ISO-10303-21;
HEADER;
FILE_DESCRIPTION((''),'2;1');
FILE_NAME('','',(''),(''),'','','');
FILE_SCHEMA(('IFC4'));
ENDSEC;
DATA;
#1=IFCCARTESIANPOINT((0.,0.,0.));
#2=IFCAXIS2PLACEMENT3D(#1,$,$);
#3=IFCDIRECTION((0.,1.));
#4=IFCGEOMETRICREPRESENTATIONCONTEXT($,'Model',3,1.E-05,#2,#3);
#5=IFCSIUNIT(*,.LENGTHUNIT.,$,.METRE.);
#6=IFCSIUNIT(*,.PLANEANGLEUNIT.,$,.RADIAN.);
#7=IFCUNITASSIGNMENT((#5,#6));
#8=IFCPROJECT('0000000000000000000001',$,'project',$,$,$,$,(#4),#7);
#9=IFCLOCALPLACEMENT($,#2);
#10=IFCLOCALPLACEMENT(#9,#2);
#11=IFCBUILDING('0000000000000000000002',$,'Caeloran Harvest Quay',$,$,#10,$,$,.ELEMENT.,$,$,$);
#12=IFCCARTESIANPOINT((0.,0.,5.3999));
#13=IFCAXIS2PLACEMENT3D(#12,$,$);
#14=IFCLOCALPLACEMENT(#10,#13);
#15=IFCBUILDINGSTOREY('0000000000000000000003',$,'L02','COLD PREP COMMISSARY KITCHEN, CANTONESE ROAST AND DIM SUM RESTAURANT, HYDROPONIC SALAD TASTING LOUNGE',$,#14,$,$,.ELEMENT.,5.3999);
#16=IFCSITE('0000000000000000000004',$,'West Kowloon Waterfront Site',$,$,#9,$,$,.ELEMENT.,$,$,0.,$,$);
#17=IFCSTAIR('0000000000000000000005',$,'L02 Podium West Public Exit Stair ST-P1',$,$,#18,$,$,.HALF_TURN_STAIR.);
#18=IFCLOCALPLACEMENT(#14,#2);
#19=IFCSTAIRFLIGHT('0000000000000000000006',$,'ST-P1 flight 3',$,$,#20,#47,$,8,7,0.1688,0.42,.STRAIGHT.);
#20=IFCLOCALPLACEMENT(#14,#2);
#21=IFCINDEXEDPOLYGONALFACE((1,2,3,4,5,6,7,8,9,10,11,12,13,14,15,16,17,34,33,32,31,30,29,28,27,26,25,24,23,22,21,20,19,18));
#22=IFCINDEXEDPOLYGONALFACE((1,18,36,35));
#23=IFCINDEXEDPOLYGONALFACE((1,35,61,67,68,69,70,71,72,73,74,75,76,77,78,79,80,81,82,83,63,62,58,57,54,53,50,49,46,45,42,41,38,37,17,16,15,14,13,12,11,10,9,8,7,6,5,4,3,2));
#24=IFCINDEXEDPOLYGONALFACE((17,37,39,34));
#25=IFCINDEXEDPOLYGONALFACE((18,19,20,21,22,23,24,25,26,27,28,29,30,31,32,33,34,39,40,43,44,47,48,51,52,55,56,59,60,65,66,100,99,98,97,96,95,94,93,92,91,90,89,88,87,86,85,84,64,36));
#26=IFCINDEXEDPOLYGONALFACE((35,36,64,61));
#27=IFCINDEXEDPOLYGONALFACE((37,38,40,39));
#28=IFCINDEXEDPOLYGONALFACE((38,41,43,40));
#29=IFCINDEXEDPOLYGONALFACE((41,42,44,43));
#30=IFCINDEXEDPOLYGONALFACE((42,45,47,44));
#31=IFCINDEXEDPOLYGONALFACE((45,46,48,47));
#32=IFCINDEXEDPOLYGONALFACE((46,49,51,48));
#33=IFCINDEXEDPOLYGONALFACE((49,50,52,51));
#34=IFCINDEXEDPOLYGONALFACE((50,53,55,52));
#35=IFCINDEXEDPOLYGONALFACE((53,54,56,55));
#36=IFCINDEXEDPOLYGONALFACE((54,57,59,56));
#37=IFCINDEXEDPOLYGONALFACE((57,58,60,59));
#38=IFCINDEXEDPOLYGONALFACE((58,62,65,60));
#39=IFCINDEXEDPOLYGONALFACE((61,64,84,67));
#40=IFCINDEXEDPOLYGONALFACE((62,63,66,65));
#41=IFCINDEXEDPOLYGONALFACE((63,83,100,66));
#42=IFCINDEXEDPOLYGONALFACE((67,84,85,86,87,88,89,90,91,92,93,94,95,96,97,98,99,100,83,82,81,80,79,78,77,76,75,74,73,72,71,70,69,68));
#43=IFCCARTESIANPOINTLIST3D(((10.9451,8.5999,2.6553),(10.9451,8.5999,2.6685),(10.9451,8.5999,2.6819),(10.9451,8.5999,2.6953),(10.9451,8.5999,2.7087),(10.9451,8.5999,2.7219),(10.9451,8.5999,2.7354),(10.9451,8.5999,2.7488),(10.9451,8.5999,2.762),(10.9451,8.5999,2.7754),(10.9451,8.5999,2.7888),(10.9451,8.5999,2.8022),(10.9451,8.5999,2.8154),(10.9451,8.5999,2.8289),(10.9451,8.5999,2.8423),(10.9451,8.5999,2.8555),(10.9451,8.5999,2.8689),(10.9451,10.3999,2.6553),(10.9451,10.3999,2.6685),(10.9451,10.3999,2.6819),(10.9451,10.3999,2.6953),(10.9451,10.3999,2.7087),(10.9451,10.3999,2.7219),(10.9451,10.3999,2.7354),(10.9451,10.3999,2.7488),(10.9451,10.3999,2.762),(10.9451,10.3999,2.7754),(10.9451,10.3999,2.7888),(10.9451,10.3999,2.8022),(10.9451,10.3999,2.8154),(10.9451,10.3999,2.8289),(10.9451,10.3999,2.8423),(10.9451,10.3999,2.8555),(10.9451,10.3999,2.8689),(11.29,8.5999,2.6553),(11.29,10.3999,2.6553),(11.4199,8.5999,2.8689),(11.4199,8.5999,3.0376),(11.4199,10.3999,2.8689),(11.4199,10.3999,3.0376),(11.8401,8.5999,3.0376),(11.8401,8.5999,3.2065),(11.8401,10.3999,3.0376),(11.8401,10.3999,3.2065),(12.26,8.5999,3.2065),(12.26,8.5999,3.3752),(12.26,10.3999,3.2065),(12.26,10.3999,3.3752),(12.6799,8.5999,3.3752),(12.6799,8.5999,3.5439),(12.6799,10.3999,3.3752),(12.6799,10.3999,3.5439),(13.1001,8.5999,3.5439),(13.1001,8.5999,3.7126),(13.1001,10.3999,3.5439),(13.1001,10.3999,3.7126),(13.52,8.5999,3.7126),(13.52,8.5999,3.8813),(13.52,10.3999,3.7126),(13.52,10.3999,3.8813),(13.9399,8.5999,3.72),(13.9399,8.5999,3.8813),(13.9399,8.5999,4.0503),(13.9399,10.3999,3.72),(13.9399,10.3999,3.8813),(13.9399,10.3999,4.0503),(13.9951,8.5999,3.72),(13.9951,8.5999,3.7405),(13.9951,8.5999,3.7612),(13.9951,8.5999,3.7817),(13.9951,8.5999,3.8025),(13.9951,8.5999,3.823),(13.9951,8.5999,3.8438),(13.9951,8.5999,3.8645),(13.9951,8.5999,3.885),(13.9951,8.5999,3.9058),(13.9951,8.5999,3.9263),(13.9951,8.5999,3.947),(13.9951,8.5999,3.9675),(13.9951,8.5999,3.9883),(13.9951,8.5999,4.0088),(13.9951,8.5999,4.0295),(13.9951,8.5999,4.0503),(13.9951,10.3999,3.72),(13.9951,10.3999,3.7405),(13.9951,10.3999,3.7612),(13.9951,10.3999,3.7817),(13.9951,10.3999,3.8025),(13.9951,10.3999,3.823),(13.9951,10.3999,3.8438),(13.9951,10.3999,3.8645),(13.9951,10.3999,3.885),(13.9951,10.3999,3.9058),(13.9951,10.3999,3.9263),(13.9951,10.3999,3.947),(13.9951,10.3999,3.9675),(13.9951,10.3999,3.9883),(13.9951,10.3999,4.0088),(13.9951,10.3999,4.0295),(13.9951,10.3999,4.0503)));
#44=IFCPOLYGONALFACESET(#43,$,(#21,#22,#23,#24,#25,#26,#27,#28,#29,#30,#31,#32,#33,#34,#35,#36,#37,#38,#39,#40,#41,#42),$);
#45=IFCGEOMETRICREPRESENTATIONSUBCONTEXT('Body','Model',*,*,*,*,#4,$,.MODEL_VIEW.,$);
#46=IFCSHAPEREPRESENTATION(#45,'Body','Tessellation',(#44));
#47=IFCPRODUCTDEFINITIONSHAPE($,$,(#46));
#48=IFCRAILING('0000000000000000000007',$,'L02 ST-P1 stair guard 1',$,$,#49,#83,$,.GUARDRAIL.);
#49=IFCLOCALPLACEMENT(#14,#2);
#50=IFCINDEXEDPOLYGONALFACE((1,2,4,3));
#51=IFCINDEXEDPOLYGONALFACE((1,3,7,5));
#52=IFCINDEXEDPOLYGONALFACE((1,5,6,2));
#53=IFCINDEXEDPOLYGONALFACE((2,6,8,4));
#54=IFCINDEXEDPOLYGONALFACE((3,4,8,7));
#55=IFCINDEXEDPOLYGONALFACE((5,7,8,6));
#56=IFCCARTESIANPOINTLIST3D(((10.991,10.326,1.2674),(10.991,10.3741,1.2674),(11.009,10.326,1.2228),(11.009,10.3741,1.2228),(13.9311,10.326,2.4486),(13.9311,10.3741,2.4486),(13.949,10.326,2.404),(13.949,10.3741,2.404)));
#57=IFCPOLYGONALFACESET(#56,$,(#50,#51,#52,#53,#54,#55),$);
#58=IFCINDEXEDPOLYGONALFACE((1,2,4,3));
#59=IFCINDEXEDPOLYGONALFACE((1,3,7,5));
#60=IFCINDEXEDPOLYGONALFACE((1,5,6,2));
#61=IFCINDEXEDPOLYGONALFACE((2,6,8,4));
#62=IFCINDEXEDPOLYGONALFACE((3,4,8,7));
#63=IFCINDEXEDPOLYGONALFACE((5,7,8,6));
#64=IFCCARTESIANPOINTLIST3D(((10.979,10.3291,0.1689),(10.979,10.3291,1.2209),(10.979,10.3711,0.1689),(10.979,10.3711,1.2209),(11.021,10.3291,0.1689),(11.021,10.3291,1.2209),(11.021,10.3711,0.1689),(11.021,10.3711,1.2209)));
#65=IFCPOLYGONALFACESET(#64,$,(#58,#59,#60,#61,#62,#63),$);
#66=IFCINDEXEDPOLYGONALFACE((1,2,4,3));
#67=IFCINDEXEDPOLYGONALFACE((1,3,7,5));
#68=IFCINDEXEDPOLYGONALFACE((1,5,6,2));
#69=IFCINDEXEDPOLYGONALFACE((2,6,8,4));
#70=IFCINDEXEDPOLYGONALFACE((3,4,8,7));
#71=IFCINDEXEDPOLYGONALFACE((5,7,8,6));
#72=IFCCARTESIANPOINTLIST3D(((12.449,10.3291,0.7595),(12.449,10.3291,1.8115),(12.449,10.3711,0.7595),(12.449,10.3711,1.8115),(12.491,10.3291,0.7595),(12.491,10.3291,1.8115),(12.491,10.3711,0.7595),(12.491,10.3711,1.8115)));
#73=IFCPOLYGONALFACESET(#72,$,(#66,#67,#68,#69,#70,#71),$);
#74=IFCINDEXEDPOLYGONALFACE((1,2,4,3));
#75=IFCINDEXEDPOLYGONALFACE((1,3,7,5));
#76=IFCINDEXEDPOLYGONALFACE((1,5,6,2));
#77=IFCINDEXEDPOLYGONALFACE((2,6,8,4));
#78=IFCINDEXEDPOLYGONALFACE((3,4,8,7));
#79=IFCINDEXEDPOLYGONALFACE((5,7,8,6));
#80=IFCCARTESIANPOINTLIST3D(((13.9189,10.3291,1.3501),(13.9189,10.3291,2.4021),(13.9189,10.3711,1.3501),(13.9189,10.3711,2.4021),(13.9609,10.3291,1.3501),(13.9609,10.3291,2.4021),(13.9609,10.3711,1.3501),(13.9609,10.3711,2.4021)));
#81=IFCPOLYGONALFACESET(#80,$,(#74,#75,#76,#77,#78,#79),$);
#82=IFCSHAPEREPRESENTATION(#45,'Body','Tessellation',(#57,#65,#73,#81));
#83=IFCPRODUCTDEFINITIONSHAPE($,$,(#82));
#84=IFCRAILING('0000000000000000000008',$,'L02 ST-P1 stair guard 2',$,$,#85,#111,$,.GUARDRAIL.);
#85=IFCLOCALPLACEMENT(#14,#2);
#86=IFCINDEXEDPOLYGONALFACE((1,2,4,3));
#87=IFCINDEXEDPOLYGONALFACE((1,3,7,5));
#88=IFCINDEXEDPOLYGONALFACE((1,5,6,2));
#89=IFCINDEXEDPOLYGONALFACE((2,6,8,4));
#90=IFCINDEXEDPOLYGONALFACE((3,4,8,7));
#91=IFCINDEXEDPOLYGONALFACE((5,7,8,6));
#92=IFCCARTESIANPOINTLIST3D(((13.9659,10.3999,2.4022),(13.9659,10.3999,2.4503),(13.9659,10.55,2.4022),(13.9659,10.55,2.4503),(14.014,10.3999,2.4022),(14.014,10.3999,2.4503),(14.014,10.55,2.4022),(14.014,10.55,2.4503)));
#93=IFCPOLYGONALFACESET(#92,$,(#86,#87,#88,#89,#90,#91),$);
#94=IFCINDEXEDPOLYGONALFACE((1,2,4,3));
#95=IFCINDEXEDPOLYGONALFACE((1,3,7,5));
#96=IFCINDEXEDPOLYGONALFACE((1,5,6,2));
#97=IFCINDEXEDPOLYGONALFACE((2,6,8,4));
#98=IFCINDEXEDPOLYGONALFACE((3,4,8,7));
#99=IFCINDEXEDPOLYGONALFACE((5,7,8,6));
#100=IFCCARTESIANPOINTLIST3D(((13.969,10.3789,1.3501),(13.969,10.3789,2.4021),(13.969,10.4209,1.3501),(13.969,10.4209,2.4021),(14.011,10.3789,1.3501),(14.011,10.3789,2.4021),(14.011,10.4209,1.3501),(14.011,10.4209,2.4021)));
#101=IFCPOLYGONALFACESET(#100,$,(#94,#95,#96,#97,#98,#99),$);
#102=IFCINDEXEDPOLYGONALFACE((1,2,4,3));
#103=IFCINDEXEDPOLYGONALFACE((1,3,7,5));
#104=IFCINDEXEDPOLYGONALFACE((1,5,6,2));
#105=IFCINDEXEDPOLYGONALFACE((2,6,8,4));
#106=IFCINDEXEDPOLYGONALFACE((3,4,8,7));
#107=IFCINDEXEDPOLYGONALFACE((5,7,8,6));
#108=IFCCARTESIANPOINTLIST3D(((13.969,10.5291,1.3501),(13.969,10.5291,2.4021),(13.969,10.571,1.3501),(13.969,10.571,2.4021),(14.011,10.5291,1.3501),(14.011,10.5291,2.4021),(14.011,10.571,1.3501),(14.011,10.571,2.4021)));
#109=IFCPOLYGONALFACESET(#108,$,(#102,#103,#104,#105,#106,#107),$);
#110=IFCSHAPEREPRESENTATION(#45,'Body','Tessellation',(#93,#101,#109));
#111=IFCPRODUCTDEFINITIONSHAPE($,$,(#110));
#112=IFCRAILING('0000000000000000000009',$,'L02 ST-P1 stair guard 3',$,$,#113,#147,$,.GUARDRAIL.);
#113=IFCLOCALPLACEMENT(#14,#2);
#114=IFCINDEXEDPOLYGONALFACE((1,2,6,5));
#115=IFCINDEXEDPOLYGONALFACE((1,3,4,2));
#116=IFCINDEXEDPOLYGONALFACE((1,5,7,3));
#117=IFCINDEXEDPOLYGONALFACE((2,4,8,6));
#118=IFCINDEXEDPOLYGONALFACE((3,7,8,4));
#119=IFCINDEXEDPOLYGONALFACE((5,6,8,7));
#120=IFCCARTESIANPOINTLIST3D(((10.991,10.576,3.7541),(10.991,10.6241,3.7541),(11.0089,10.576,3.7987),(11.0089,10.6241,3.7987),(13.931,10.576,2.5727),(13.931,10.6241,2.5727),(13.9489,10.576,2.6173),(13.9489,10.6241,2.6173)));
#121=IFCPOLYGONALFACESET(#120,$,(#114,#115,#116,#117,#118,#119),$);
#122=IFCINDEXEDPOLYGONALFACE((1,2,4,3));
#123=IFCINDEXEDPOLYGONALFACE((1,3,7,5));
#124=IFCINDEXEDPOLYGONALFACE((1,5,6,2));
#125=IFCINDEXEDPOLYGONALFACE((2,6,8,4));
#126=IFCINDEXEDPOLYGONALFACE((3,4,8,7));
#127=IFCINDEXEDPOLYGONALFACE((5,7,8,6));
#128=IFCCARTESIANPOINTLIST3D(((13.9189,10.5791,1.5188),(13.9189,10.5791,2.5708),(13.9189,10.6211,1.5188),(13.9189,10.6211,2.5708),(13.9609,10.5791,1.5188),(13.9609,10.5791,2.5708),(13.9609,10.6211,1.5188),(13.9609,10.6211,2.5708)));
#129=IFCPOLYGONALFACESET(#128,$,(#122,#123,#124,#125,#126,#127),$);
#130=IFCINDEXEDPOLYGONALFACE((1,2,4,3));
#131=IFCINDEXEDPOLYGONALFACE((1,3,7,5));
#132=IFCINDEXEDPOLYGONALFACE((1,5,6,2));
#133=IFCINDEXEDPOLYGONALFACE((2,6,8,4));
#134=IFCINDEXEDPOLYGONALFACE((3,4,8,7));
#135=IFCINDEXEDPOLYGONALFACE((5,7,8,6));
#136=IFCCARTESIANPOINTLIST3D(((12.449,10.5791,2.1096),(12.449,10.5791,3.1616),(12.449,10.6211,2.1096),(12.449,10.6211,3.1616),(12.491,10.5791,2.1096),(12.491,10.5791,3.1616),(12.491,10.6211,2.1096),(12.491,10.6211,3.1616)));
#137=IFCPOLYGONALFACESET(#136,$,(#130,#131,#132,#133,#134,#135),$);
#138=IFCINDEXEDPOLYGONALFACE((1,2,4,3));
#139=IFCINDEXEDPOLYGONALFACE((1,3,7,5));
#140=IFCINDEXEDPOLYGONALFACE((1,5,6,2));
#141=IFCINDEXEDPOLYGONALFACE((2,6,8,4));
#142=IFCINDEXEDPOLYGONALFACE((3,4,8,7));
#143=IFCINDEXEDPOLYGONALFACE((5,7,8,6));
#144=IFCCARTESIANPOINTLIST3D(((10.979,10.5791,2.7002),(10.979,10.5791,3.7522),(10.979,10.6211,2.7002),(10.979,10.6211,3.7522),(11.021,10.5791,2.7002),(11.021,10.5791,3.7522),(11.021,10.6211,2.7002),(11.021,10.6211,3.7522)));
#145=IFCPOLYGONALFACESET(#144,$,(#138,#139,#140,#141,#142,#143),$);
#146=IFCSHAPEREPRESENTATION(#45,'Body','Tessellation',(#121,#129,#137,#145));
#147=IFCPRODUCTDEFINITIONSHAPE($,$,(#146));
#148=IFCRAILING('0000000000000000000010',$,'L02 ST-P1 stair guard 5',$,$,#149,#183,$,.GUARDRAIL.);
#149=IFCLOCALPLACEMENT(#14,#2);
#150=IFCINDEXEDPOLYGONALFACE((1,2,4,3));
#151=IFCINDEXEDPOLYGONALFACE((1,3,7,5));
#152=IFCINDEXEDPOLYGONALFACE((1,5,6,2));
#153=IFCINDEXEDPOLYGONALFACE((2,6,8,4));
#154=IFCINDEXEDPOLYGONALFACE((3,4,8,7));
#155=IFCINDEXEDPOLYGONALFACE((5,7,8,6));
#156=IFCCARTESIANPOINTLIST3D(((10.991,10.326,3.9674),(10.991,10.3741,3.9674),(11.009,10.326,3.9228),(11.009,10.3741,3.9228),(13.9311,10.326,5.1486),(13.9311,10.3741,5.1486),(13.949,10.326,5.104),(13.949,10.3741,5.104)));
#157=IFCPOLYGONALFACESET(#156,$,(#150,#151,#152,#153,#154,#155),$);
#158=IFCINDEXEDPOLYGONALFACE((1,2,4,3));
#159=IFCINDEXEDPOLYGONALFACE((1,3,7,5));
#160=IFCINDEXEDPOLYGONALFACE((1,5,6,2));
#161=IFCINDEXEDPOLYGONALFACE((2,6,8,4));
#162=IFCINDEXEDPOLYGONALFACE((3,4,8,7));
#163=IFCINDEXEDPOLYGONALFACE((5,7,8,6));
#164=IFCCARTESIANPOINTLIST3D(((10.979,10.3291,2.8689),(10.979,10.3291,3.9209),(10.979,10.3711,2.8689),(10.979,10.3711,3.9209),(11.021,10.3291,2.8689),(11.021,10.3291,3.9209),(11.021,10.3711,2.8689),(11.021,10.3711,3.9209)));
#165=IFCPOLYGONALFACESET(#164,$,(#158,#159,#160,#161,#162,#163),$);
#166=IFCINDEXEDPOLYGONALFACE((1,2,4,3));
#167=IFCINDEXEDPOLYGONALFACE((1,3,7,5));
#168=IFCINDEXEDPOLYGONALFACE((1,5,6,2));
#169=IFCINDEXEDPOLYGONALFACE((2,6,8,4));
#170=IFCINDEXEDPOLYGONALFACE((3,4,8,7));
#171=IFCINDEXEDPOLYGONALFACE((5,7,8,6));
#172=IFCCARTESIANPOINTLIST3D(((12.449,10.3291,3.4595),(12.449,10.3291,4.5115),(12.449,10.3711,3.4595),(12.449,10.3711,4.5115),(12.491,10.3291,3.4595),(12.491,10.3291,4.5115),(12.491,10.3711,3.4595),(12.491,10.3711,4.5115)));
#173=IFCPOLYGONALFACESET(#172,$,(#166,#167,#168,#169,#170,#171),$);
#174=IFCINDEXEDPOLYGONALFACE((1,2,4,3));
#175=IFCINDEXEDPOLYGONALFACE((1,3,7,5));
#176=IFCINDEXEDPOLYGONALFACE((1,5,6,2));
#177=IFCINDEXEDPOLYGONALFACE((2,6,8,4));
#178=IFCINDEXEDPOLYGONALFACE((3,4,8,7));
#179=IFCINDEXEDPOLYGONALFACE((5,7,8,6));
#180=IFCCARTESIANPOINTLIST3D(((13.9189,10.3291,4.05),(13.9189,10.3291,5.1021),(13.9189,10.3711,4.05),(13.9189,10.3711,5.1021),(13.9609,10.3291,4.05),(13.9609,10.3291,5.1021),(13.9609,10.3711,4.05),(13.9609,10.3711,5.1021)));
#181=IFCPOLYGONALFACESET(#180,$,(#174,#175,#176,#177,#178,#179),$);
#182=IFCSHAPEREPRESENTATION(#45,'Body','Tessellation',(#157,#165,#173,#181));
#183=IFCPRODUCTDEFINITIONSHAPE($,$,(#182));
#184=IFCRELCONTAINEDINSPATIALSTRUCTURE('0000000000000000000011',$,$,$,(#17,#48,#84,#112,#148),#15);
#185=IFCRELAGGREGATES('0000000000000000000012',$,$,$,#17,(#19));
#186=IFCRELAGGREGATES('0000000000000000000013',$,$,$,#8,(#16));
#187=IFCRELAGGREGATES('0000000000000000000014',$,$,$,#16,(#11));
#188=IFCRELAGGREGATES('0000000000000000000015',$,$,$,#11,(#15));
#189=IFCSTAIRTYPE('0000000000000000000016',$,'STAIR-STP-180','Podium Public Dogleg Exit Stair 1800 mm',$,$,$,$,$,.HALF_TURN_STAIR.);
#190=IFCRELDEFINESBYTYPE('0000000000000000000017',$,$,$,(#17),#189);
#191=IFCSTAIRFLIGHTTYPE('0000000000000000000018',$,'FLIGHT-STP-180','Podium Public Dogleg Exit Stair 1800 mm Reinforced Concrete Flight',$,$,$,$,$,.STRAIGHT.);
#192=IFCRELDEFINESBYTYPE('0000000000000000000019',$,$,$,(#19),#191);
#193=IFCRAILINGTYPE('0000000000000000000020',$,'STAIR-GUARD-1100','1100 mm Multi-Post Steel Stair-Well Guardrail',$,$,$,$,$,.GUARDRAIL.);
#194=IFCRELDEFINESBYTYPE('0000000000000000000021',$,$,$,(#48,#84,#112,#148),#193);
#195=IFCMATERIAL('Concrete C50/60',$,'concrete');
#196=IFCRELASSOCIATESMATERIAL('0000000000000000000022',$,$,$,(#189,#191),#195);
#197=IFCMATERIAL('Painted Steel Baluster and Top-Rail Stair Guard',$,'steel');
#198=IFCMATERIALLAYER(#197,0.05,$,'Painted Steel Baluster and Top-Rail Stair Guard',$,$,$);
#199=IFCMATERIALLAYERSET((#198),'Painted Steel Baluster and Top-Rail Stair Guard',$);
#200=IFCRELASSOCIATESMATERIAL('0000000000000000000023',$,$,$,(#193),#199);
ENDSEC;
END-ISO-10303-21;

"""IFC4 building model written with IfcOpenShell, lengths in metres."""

from ifc_helpers import new_model, si_unit, direction, frame, origin, origin_2d, place, context, subcontext, project, spatial, polyline, rectangle, outline, extrude, material, layer, layer_set, type_object, element, aggregate, save


model = new_model("IFC4")

# Units and contexts
model_context = context("Model", 3, precision=1e-05, world=origin(), true_north=direction((0.0, 1.0)))
body_context = subcontext(model_context, "Body", "Model", "MODEL_VIEW")
ifc_project = project(units=[si_unit("LENGTHUNIT", "METRE"), si_unit("PLANEANGLEUNIT", "RADIAN")], contexts=[model_context])

# Site, building, storey
site_placement = place(None, origin())
site = spatial("IfcSite", under=ifc_project, at=site_placement, Name="West Kowloon Waterfront Site", CompositionType="ELEMENT", RefElevation=0.0)
building_placement = place(site_placement, origin())
building = spatial("IfcBuilding", under=site, at=building_placement, Name="Caeloran Harvest Quay", CompositionType="ELEMENT")
storey_placement = place(building_placement, frame((0.0, 0.0, 5.3999)))
storey = spatial("IfcBuildingStorey", under=building, at=storey_placement, Name="L02", Description="COLD PREP COMMISSARY KITCHEN, CANTONESE ROAST AND DIM SUM RESTAURANT, HYDROPONIC SALAD TASTING LOUNGE", CompositionType="ELEMENT", Elevation=5.3999)

# Stair, stair flight
ifc_material_1 = material(Name="Concrete C50/60", Category="concrete")
stair_type = type_object("IfcStairType", Name="STAIR-STP-180", Description="Podium Public Dogleg Exit Stair 1800 mm", PredefinedType="HALF_TURN_STAIR", material=ifc_material_1)
stair_placement = place(storey_placement, origin())
stair = element("IfcStair", 1, at=stair_placement, inside=storey, type_object=stair_type, Name="L02 Podium West Public Exit Stair ST-P1", PredefinedType="HALF_TURN_STAIR")
stair_flight_type = type_object("IfcStairFlightType", Name="FLIGHT-STP-180", Description="Podium Public Dogleg Exit Stair 1800 mm Reinforced Concrete Flight", PredefinedType="STRAIGHT", material=ifc_material_1)
stair_flight_1_placement = place(storey_placement, frame((11.0, 9.5, 2.7002), z_axis=(0.0, 0.0, 1.0), x_axis=(1.0, 0.0, 0.0)))
stair_flight_1 = element("IfcStairFlight", 2, at=stair_flight_1_placement, type_object=stair_flight_type, Name="ST-P1 flight 3", NumberOfRisers=8, NumberOfTreads=7, PredefinedType="STRAIGHT", RiserHeight=0.1688, TreadLength=0.42, context=body_context, shape_type="SweptSolid", body=[
    extrude(outline(polyline([(-0.0549, -0.0449), (-0.0549, -0.0317), (-0.0549, -0.0183), (-0.0549, -0.0049), (-0.0549, 0.0085), (-0.0549, 0.0217), (-0.0549, 0.0352), (-0.0549, 0.0486), (-0.0549, 0.0618), (-0.0549, 0.0752), (-0.0549, 0.0886), (-0.0549, 0.1021), (-0.0549, 0.1152), (-0.0549, 0.1287), (-0.0549, 0.1421), (-0.0549, 0.1553), (-0.0549, 0.1687), (0.4199, 0.1687), (0.4199, 0.3374), (0.8401, 0.3374), (0.8401, 0.5063), (1.26, 0.5063), (1.26, 0.675), (1.6799, 0.675), (1.6799, 0.8438), (2.1001, 0.8438), (2.1001, 1.0125), (2.52, 1.0125), (2.52, 1.1812), (2.9399, 1.1812), (2.9399, 1.3501), (2.9951, 1.3501), (2.9951, 1.3293), (2.9951, 1.3086), (2.9951, 1.2881), (2.9951, 1.2673), (2.9951, 1.2468), (2.9951, 1.2261), (2.9951, 1.2056), (2.9951, 1.1848), (2.9951, 1.1643), (2.9951, 1.1436), (2.9951, 1.1228), (2.9951, 1.1023), (2.9951, 1.0815), (2.9951, 1.061), (2.9951, 1.0403), (2.9951, 1.0198), (2.9399, 1.0198), (0.29, -0.0449), (-0.0549, -0.0449)])), frame((0.0, 0.8999, 0.0), z_axis=(0.0, -1.0, 0.0), x_axis=(1.0, 0.0, 0.0)), (0.0, 0.0, 1.0), 1.8),
])
aggregate(stair, [stair_flight_1])

# Railings
ifc_material_2 = material(Name="Painted Steel Baluster and Top-Rail Stair Guard", Category="steel")
ifc_layer_1 = layer(ifc_material_2, 0.05, Name="Painted Steel Baluster and Top-Rail Stair Guard")
ifc_layer_set_1 = layer_set([ifc_layer_1], Name="Painted Steel Baluster and Top-Rail Stair Guard")
railing_type_1 = type_object("IfcRailingType", Name="STAIR-GUARD-1100", Description="1100 mm Multi-Post Steel Stair-Well Guardrail", PredefinedType="GUARDRAIL", material=ifc_layer_set_1)
railing_1_placement = place(storey_placement, frame((11.0, 10.3501, 0.1689)))
element("IfcRailing", 3, at=railing_1_placement, inside=storey, type_object=railing_type_1, Name="L02 ST-P1 stair guard 1", PredefinedType="GUARDRAIL", context=body_context, shape_type="SweptSolid", body=[
    extrude(rectangle(XDim=0.0481, YDim=0.0481, at=origin_2d()), frame((0.0, 0.0, 1.0762), z_axis=(0.927912, 0.0, 0.372799), x_axis=(0.0, 1.0, 0.0)), (0.0, 0.0, 1.0), 3.1685),
    extrude(rectangle(XDim=0.042, YDim=0.042, at=origin_2d()), origin(), (0.0, 0.0, 1.0), 1.052),
    extrude(rectangle(XDim=0.042, YDim=0.042, at=origin_2d()), frame((1.47, 0.0, 0.5906)), (0.0, 0.0, 1.0), 1.052),
    extrude(rectangle(XDim=0.042, YDim=0.042, at=origin_2d()), frame((2.9399, 0.0, 1.1812)), (0.0, 0.0, 1.0), 1.052),
])
railing_2_placement = place(storey_placement, frame((13.99, 10.3999, 1.3501)))
element("IfcRailing", 4, at=railing_2_placement, inside=storey, type_object=railing_type_1, Name="L02 ST-P1 stair guard 2", PredefinedType="GUARDRAIL", context=body_context, shape_type="SweptSolid", body=[
    extrude(rectangle(XDim=0.0481, YDim=0.0481, at=origin_2d()), frame((0.0, 0.0, 1.0762), z_axis=(0.0, 1.0, 0.0), x_axis=(-1.0, 0.0, 0.0)), (0.0, 0.0, 1.0), 0.1501),
    extrude(rectangle(XDim=0.042, YDim=0.042, at=origin_2d()), origin(), (0.0, 0.0, 1.0), 1.052),
    extrude(rectangle(XDim=0.042, YDim=0.042, at=origin_2d()), frame((0.0, 0.1501, 0.0)), (0.0, 0.0, 1.0), 1.052),
])
railing_3_placement = place(storey_placement, frame((13.9399, 10.6001, 1.5188)))
element("IfcRailing", 5, at=railing_3_placement, inside=storey, type_object=railing_type_1, Name="L02 ST-P1 stair guard 3", PredefinedType="GUARDRAIL", context=body_context, shape_type="SweptSolid", body=[
    extrude(rectangle(XDim=0.0481, YDim=0.0481, at=origin_2d()), frame((0.0, 0.0, 1.0762), z_axis=(-0.927886, 0.0, 0.372865), x_axis=(0.0, -1.0, 0.0)), (0.0, 0.0, 1.0), 3.1685),
    extrude(rectangle(XDim=0.042, YDim=0.042, at=origin_2d()), origin(), (0.0, 0.0, 1.0), 1.052),
    extrude(rectangle(XDim=0.042, YDim=0.042, at=origin_2d()), frame((-1.47, 0.0, 0.5908)), (0.0, 0.0, 1.0), 1.052),
    extrude(rectangle(XDim=0.042, YDim=0.042, at=origin_2d()), frame((-2.9399, 0.0, 1.1814)), (0.0, 0.0, 1.0), 1.052),
])
railing_4_placement = place(storey_placement, frame((11.0, 10.3501, 2.8689)))
element("IfcRailing", 6, at=railing_4_placement, inside=storey, type_object=railing_type_1, Name="L02 ST-P1 stair guard 5", PredefinedType="GUARDRAIL", context=body_context, shape_type="SweptSolid", body=[
    extrude(rectangle(XDim=0.0481, YDim=0.0481, at=origin_2d()), frame((0.0, 0.0, 1.0762), z_axis=(0.927912, 0.0, 0.372799), x_axis=(0.0, 1.0, 0.0)), (0.0, 0.0, 1.0), 3.1685),
    extrude(rectangle(XDim=0.042, YDim=0.042, at=origin_2d()), origin(), (0.0, 0.0, 1.0), 1.052),
    extrude(rectangle(XDim=0.042, YDim=0.042, at=origin_2d()), frame((1.47, 0.0, 0.5906)), (0.0, 0.0, 1.0), 1.052),
    extrude(rectangle(XDim=0.042, YDim=0.042, at=origin_2d()), frame((2.9399, 0.0, 1.1812)), (0.0, 0.0, 1.0), 1.052),
])

save(model, "model.ifc")
